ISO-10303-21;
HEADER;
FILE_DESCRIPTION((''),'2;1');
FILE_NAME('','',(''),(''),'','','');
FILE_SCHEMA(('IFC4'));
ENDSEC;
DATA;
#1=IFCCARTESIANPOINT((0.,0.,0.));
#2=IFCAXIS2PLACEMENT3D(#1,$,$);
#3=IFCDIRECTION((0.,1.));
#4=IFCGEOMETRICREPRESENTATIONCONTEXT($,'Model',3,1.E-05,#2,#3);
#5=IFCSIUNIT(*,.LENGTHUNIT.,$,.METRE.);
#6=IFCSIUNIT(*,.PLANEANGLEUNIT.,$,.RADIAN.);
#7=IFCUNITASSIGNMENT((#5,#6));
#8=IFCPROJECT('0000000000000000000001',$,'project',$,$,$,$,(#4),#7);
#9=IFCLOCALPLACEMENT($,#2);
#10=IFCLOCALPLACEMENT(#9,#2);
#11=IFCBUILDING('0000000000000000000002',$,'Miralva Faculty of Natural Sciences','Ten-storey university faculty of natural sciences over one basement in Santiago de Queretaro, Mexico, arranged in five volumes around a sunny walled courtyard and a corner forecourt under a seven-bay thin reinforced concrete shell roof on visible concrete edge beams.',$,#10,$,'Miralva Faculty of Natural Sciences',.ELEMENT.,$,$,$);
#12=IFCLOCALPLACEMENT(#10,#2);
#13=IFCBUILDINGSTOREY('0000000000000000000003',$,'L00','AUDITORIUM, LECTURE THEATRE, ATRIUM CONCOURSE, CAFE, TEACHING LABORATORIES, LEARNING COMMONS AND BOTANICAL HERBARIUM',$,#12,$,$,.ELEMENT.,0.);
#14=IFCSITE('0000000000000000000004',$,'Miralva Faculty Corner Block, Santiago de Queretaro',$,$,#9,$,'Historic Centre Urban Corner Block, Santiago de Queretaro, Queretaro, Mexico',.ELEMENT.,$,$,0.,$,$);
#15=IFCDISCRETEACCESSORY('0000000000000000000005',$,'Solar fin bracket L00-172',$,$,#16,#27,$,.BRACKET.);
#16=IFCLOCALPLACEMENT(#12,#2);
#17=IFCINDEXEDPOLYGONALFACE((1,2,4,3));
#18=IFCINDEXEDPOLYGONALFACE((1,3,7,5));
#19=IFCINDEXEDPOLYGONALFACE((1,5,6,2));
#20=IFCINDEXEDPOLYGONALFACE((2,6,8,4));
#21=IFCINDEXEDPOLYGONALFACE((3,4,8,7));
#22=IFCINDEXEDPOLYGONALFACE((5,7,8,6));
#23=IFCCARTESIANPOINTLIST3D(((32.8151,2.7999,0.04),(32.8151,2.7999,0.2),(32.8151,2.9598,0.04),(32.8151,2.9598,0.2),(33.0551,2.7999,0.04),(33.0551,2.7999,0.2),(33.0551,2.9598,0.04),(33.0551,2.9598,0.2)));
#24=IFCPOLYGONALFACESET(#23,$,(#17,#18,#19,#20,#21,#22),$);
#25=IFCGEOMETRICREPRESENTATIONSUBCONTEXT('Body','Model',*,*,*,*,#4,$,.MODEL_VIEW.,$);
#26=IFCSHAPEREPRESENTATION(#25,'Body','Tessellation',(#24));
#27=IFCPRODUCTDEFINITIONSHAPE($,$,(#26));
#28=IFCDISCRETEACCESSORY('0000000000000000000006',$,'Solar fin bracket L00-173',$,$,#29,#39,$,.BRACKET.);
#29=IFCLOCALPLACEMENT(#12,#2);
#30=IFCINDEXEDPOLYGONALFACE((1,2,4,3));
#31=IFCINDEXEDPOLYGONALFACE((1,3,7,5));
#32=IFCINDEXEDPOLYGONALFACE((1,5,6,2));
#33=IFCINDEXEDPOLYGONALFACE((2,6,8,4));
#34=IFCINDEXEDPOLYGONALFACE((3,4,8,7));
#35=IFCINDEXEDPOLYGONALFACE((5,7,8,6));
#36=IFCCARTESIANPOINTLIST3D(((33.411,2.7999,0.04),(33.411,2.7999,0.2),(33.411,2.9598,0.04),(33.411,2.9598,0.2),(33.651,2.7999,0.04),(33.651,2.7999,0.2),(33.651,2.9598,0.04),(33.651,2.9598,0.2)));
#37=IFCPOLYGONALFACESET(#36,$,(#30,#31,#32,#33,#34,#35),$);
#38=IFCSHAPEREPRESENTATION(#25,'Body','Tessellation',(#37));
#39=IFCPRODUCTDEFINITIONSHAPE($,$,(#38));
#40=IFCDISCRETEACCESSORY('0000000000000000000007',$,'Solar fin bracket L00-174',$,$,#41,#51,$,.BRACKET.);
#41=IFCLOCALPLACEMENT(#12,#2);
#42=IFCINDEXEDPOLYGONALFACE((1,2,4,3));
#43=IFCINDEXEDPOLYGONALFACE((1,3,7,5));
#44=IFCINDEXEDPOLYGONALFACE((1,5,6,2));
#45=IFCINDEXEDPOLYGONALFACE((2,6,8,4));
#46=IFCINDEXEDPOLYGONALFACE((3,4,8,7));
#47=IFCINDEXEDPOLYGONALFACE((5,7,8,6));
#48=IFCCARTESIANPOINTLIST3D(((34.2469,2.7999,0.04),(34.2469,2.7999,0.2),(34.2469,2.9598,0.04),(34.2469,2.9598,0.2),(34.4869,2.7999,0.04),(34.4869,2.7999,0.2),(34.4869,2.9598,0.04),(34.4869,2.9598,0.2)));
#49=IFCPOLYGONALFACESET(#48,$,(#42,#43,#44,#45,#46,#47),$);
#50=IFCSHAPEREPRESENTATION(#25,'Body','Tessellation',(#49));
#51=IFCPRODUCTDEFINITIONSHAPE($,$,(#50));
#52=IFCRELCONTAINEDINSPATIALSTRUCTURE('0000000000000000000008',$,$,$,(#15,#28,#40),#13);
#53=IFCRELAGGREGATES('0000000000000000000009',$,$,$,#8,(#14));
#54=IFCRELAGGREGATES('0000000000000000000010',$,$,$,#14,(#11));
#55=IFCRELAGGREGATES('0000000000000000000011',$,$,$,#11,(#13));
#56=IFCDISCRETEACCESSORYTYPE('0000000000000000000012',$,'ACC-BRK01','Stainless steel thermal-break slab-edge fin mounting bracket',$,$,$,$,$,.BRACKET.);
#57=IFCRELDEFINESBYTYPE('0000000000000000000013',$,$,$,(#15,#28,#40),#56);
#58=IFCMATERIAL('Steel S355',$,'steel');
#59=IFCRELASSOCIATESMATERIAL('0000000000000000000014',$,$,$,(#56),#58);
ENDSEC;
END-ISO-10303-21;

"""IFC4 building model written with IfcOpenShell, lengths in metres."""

from ifc_helpers import new_model, si_unit, direction, frame, origin, origin_2d, place, context, subcontext, project, spatial, rectangle, extrude, material, type_object, element, save


model = new_model("IFC4")

# Units and contexts
model_context = context("Model", 3, precision=1e-05, world=origin(), true_north=direction((0.0, 1.0)))
body_context = subcontext(model_context, "Body", "Model", "MODEL_VIEW")
ifc_project = project(units=[si_unit("LENGTHUNIT", "METRE"), si_unit("PLANEANGLEUNIT", "RADIAN")], contexts=[model_context])

# Site, building, storey
site_placement = place(None, origin())
site = spatial("IfcSite", under=ifc_project, at=site_placement, Name="Miralva Faculty Corner Block, Santiago de Queretaro", LongName="Historic Centre Urban Corner Block, Santiago de Queretaro, Queretaro, Mexico", CompositionType="ELEMENT", RefElevation=0.0)
building_placement = place(site_placement, origin())
building = spatial("IfcBuilding", under=site, at=building_placement, Name="Miralva Faculty of Natural Sciences", Description="Ten-storey university faculty of natural sciences over one basement in Santiago de Queretaro, Mexico, arranged in five volumes around a sunny walled courtyard and a corner forecourt under a seven-bay thin reinforced concrete shell roof on visible concrete edge beams.", LongName="Miralva Faculty of Natural Sciences", CompositionType="ELEMENT")
storey_placement = place(building_placement, origin())
storey = spatial("IfcBuildingStorey", under=building, at=storey_placement, Name="L00", Description="AUDITORIUM, LECTURE THEATRE, ATRIUM CONCOURSE, CAFE, TEACHING LABORATORIES, LEARNING COMMONS AND BOTANICAL HERBARIUM", CompositionType="ELEMENT", Elevation=0.0)

# Discrete accessories
ifc_material_1 = material(Name="Steel S355", Category="steel")
discrete_accessory_type = type_object("IfcDiscreteAccessoryType", Name="ACC-BRK01", Description="Stainless steel thermal-break slab-edge fin mounting bracket", PredefinedType="BRACKET", material=ifc_material_1)
for number, where, z_axis, x_axis, name in (
    (1, (32.9351, 2.8799, 0.04), (0.0, 0.0, 1.0), (0.0, -1.0, 0.0), "Solar fin bracket L00-172"),
    (2, (33.531, 2.8799, 0.04), (0.0, 0.0, 1.0), (0.0, -1.0, 0.0), "Solar fin bracket L00-173"),
    (3, (34.3669, 2.8799, 0.04), (0.0, 0.0, 1.0), (0.0, -1.0, 0.0), "Solar fin bracket L00-174"),
):
    element("IfcDiscreteAccessory", number, at=place(storey_placement, frame(where, z_axis=z_axis, x_axis=x_axis)), inside=storey, type_object=discrete_accessory_type, Name=name, PredefinedType="BRACKET", context=body_context, shape_type="SweptSolid", body=[
        extrude(rectangle(XDim=0.1599, YDim=0.24, at=origin_2d()), origin(), (0.0, 0.0, 1.0), 0.1599),
    ])

save(model, "model.ifc")
